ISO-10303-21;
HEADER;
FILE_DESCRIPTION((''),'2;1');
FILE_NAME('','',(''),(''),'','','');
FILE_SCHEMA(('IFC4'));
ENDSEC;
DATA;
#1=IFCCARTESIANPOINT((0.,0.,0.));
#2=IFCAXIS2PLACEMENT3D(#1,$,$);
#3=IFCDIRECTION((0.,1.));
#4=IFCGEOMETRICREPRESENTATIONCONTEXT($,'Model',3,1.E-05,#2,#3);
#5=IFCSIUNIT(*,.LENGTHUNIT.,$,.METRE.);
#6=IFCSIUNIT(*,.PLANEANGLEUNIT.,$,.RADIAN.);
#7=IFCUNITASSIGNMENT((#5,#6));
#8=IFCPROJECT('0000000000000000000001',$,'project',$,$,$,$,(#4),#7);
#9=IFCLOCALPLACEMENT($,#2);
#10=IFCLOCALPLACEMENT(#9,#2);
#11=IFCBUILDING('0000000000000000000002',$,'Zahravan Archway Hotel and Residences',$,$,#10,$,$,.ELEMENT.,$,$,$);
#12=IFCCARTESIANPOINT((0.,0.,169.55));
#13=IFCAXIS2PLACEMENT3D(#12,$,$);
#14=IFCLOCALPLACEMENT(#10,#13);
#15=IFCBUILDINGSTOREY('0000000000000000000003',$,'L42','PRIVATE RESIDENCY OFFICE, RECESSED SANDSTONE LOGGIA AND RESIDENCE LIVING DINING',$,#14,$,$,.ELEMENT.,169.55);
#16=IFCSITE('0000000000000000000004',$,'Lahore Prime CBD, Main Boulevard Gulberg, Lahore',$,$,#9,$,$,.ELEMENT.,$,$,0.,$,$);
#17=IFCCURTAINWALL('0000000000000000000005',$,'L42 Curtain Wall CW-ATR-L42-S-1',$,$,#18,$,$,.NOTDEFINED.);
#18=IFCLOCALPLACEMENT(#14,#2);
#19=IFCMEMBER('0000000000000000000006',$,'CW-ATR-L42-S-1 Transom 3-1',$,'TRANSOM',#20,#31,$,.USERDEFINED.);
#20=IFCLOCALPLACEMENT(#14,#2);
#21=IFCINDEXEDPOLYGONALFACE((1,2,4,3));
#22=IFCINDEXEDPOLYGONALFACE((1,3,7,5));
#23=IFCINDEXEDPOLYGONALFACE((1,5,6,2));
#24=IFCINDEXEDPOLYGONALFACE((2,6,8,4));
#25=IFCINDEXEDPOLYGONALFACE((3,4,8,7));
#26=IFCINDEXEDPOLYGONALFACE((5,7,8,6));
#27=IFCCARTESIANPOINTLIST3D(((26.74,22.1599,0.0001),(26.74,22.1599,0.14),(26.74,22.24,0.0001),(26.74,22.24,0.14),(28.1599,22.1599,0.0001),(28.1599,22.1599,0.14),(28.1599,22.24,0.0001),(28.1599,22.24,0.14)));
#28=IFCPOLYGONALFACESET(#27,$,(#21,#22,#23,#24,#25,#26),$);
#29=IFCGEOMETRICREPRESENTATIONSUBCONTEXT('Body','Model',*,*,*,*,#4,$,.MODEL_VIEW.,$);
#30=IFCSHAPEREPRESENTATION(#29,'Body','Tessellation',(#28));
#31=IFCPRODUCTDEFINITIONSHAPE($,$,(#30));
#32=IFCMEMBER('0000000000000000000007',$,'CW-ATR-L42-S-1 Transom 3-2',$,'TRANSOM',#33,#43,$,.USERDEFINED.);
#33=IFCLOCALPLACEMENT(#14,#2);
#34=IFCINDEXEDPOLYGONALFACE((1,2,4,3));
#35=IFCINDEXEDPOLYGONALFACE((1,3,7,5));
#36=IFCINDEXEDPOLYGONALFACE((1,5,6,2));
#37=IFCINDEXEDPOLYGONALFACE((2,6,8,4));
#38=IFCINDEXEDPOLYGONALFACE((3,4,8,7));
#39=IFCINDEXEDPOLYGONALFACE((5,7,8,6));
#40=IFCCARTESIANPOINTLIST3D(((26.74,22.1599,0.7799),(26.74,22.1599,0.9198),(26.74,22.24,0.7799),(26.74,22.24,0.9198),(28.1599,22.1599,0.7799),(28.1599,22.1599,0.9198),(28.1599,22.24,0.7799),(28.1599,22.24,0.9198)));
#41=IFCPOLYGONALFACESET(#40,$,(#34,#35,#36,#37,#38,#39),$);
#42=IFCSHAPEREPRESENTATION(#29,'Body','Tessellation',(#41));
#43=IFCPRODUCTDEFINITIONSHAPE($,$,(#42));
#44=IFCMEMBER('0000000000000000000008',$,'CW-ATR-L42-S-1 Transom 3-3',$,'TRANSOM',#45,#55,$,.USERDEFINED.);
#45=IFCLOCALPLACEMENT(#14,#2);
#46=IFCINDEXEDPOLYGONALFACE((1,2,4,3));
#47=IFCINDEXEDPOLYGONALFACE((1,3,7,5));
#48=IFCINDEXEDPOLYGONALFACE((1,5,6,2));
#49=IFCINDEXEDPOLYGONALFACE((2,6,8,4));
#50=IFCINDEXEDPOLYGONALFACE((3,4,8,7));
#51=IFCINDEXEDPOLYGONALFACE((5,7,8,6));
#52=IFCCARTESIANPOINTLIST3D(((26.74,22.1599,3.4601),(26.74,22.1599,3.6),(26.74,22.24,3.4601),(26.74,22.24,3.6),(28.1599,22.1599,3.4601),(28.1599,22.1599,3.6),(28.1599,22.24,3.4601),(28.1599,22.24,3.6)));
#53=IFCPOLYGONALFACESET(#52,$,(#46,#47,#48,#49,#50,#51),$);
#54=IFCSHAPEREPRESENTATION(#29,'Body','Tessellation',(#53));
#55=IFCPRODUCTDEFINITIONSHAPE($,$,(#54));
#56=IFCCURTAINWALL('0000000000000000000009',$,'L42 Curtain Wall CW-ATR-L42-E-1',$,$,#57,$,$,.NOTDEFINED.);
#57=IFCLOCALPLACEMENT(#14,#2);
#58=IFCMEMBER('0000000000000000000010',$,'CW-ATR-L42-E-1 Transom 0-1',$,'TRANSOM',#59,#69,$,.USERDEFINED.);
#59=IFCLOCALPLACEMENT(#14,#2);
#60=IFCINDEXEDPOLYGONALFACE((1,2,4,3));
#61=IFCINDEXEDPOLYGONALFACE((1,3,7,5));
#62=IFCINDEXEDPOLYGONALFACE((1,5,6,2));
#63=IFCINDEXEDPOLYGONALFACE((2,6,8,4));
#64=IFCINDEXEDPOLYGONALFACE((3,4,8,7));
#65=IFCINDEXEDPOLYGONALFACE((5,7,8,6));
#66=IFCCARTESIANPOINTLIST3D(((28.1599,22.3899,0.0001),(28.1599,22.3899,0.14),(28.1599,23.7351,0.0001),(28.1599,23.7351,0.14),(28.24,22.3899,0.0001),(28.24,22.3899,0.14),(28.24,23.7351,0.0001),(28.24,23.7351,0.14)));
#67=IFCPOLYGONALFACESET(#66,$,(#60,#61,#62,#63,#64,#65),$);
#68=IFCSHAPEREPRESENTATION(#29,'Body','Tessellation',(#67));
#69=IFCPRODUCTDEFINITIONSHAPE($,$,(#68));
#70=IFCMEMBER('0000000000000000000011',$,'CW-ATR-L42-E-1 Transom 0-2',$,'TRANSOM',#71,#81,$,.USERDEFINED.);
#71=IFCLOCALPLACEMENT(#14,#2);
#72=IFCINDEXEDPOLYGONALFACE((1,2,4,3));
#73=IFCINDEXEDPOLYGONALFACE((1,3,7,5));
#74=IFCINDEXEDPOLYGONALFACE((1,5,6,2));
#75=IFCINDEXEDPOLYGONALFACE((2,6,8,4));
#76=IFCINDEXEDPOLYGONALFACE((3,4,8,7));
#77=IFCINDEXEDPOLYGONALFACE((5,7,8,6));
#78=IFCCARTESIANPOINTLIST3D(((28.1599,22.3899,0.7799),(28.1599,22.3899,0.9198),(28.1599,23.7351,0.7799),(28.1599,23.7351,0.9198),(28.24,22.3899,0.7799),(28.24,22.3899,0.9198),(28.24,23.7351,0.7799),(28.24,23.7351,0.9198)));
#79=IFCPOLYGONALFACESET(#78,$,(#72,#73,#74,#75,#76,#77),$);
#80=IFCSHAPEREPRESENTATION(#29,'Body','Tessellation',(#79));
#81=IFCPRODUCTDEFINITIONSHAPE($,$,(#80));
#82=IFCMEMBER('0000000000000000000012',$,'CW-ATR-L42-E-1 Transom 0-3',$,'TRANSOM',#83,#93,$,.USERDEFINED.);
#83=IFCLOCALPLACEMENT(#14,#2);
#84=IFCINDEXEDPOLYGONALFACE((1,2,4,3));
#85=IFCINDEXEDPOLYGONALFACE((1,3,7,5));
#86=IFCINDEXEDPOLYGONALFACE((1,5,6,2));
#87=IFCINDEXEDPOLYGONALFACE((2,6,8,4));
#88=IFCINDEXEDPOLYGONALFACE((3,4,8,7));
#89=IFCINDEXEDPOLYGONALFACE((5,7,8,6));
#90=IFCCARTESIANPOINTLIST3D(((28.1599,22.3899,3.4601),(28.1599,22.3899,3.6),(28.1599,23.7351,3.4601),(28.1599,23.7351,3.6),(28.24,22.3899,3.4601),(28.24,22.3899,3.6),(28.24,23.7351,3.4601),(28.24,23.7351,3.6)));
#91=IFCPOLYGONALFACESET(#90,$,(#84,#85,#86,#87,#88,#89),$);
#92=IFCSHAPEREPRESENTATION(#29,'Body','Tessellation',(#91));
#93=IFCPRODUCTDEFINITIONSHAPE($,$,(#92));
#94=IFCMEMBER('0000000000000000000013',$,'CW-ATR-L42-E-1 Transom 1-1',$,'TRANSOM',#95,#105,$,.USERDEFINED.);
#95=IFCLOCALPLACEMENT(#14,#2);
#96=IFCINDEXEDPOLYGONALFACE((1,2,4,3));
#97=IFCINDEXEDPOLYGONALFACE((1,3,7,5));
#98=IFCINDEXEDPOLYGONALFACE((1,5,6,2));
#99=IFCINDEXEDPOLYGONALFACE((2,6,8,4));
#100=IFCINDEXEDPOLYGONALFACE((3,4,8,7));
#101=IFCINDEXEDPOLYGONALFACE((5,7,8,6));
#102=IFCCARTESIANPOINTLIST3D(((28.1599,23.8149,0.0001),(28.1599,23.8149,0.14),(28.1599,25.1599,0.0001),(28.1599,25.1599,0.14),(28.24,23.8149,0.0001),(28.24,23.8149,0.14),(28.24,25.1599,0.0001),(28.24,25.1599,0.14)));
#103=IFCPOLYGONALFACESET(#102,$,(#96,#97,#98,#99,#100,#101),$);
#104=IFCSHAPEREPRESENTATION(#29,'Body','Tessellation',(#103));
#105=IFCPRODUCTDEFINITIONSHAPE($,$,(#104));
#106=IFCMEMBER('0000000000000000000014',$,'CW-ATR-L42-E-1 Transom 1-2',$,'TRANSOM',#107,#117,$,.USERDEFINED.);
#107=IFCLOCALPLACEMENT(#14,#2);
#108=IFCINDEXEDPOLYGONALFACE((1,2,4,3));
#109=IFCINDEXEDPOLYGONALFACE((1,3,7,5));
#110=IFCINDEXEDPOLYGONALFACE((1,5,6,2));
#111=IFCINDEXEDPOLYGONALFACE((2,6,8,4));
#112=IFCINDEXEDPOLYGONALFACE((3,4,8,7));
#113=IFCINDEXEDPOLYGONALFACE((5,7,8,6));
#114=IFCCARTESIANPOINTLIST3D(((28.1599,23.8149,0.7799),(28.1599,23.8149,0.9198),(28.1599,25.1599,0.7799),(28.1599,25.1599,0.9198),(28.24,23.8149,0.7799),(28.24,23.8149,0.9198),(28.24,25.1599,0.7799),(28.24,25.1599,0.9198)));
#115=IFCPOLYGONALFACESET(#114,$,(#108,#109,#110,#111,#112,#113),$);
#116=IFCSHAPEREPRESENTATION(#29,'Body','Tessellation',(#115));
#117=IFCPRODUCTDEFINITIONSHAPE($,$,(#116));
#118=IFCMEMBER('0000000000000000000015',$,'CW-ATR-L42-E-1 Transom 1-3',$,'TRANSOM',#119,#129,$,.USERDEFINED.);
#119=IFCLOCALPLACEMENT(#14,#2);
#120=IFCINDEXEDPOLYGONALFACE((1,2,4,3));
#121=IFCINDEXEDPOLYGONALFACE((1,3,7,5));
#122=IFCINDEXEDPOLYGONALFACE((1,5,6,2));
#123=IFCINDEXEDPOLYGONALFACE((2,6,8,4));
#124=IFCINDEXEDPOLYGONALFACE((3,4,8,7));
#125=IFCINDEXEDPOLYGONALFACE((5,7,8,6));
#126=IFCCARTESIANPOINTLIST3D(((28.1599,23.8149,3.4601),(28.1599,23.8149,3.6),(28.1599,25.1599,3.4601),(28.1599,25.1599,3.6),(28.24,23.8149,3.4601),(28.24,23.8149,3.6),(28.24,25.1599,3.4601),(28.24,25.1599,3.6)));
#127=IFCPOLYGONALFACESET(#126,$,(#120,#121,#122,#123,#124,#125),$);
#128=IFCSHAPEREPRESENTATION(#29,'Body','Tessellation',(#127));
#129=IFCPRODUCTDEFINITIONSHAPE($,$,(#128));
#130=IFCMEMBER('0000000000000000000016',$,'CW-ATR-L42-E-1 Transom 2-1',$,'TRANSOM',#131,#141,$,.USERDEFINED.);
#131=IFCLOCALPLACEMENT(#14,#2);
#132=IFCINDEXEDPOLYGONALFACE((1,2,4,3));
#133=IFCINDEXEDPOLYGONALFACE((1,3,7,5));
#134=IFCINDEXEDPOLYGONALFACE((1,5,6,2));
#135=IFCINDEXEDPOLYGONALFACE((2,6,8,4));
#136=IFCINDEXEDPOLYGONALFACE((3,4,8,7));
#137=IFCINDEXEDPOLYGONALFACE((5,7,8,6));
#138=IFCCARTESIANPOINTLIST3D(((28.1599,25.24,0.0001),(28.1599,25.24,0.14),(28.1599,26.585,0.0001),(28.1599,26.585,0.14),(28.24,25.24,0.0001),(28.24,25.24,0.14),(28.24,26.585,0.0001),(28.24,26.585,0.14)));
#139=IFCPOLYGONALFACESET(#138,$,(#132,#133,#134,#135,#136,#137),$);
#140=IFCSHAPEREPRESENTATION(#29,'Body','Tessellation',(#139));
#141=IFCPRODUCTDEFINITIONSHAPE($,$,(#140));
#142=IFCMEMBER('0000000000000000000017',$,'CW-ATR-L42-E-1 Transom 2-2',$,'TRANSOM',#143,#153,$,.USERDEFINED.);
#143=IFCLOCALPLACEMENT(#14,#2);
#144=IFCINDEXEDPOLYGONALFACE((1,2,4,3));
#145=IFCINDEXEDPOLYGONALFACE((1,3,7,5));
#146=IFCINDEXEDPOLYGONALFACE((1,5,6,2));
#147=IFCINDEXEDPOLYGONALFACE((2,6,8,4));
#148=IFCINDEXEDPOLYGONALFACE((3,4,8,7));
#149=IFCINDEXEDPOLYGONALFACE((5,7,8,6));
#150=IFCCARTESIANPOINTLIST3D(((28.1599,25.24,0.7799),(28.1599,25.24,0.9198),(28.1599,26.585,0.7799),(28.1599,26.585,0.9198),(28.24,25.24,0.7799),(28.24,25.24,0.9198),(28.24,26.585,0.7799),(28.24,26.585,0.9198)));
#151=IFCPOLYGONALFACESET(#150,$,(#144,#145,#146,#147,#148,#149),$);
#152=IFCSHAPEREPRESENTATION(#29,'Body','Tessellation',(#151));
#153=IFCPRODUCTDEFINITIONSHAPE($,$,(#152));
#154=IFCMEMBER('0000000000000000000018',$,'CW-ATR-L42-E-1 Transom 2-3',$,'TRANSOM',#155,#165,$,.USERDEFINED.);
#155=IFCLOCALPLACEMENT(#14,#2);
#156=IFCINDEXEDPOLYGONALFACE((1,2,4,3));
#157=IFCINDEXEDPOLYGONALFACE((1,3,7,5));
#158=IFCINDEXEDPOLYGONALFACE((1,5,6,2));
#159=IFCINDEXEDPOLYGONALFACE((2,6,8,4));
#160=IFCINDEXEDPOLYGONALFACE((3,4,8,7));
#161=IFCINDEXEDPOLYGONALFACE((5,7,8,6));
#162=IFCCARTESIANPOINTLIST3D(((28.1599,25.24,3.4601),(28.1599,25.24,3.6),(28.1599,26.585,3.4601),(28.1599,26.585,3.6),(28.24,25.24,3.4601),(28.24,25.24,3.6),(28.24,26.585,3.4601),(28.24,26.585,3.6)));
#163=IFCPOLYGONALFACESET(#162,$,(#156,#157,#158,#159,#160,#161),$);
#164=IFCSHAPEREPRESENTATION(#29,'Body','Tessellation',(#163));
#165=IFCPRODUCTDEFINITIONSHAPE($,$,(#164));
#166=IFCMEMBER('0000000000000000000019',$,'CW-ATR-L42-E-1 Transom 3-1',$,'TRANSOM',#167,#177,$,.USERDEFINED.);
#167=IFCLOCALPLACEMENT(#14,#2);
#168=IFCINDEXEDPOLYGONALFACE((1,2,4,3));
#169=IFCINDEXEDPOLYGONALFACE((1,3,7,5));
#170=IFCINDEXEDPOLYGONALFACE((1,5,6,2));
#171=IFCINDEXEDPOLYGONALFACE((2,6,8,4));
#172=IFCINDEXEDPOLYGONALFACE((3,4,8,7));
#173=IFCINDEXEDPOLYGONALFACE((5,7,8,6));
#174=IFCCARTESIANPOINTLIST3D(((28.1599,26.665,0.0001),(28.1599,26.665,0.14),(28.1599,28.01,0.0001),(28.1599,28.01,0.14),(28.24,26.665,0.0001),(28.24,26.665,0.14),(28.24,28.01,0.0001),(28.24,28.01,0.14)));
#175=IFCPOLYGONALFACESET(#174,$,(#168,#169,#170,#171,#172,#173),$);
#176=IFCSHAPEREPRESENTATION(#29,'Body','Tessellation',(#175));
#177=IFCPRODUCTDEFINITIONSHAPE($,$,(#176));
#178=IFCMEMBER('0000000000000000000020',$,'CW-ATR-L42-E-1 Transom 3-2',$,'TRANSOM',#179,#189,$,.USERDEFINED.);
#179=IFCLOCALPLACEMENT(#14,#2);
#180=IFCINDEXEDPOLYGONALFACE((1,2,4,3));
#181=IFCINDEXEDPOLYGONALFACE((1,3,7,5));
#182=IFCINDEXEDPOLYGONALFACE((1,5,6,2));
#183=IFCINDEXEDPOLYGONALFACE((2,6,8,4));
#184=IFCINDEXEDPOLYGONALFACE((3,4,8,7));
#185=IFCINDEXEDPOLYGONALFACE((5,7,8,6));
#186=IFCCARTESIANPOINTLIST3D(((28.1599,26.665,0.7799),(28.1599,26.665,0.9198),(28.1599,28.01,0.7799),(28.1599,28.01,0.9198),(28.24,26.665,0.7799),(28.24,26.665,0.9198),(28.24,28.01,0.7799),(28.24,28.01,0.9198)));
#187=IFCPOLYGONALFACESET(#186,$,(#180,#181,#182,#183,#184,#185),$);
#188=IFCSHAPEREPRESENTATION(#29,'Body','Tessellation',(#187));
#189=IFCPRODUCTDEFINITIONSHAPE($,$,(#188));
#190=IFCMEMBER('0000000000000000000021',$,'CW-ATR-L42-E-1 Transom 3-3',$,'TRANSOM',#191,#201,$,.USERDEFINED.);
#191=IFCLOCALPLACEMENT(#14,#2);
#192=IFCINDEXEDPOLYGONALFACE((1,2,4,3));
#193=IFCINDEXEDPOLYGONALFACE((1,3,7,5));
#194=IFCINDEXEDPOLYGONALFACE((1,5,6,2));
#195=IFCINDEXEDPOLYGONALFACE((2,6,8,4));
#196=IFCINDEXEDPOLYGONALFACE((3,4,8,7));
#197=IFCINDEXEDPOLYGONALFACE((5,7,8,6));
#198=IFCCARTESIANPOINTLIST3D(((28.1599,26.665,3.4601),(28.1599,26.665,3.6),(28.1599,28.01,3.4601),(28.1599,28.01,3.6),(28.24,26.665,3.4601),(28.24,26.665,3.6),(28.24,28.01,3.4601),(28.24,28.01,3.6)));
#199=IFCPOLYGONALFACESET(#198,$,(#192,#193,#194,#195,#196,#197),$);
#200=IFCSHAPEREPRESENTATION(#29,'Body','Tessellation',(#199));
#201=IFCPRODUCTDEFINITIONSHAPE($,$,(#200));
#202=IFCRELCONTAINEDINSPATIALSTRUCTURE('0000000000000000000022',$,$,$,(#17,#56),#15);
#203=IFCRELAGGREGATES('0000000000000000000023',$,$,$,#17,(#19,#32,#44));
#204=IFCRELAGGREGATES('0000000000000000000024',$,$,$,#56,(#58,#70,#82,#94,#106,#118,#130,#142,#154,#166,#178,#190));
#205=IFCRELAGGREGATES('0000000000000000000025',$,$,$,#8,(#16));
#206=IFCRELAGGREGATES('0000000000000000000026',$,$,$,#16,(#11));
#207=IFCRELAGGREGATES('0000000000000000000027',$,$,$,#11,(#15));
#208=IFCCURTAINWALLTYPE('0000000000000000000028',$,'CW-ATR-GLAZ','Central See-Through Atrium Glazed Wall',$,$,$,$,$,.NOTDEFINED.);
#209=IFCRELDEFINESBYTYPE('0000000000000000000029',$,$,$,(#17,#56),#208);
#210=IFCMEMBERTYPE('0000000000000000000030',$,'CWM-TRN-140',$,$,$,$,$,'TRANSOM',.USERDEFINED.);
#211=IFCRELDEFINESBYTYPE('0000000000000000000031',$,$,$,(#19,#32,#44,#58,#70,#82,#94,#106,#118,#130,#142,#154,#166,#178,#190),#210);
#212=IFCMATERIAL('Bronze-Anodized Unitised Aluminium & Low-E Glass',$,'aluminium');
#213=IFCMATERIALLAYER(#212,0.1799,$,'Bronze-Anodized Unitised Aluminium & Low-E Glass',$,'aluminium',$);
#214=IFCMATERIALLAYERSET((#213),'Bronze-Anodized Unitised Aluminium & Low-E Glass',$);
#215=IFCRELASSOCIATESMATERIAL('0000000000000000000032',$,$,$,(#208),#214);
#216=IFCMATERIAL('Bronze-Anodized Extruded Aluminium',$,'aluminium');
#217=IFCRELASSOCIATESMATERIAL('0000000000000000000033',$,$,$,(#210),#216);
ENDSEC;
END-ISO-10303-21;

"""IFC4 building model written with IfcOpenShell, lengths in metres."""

from ifc_helpers import new_model, si_unit, direction, frame, origin, origin_2d, place, context, subcontext, project, spatial, rectangle, extrude, source, transform, mapped, material, layer, layer_set, material_profile, profile_set, type_object, element, aggregate, save


model = new_model("IFC4")

# Units and contexts
model_context = context("Model", 3, precision=1e-05, world=origin(), true_north=direction((0.0, 1.0)))
body_context = subcontext(model_context, "Body", "Model", "MODEL_VIEW")
ifc_project = project(units=[si_unit("LENGTHUNIT", "METRE"), si_unit("PLANEANGLEUNIT", "RADIAN")], contexts=[model_context])

# Site, building, storey
site_placement = place(None, origin())
site = spatial("IfcSite", under=ifc_project, at=site_placement, Name="Lahore Prime CBD, Main Boulevard Gulberg, Lahore", CompositionType="ELEMENT", RefElevation=0.0)
building_placement = place(site_placement, origin())
building = spatial("IfcBuilding", under=site, at=building_placement, Name="Zahravan Archway Hotel and Residences", CompositionType="ELEMENT")
storey_placement = place(building_placement, frame((0.0, 0.0, 169.55)))
storey = spatial("IfcBuildingStorey", under=building, at=storey_placement, Name="L42", Description="PRIVATE RESIDENCY OFFICE, RECESSED SANDSTONE LOGGIA AND RESIDENCE LIVING DINING", CompositionType="ELEMENT", Elevation=169.55)

# Curtain walls, members
ifc_material_1 = material(Name="Bronze-Anodized Unitised Aluminium & Low-E Glass", Category="aluminium")
ifc_layer_1 = layer(ifc_material_1, 0.1799, Name="Bronze-Anodized Unitised Aluminium & Low-E Glass", Category="aluminium")
ifc_layer_set_1 = layer_set([ifc_layer_1], Name="Bronze-Anodized Unitised Aluminium & Low-E Glass")
curtain_wall_type = type_object("IfcCurtainWallType", Name="CW-ATR-GLAZ", Description="Central See-Through Atrium Glazed Wall", PredefinedType="NOTDEFINED", material=ifc_layer_set_1)
curtain_wall_1_placement = place(storey_placement, origin())
curtain_wall_1 = element("IfcCurtainWall", 1, at=curtain_wall_1_placement, inside=storey, type_object=curtain_wall_type, Name="L42 Curtain Wall CW-ATR-L42-S-1", PredefinedType="NOTDEFINED")
ifc_material_2 = material(Name="Bronze-Anodized Extruded Aluminium", Category="aluminium")
ifc_material_profile_1 = material_profile(ifc_material_2, rectangle(XDim=0.0801, YDim=0.1399, at=origin_2d()), Name="TRN 80x140", Category="aluminium")
ifc_profile_set_1 = profile_set([ifc_material_profile_1], Name="Bronze-Anodized Extruded Aluminium")
member_type_1 = type_object("IfcMemberType", Name="CWM-TRN-140", ElementType="TRANSOM", PredefinedType="USERDEFINED", material=ifc_profile_set_1)
shared_shape_1 = source(origin(), body_context, "Body", "SweptSolid", [
    extrude(rectangle(XDim=0.0801, YDim=0.1399, at=origin_2d()), origin(), (0.0, 0.0, 1.0), 1.4199),
])
member_1_placement = place(storey_placement, frame((26.74, 22.2, 0.0701), z_axis=(1.0, 0.0, 0.0), x_axis=(0.0, 1.0, 0.0)))
member_1 = element("IfcMember", 2, at=member_1_placement, type_object=member_type_1, Name="CW-ATR-L42-S-1 Transom 3-1", ObjectType="TRANSOM", PredefinedType="USERDEFINED", context=body_context, shape_type="MappedRepresentation", body=[
    mapped(shared_shape_1, transform((0.0, 0.0, 0.0), scale=1.0)),
])
member_2_placement = place(storey_placement, frame((26.74, 22.2, 0.8499), z_axis=(1.0, 0.0, 0.0), x_axis=(0.0, 1.0, 0.0)))
member_2 = element("IfcMember", 3, at=member_2_placement, type_object=member_type_1, Name="CW-ATR-L42-S-1 Transom 3-2", ObjectType="TRANSOM", PredefinedType="USERDEFINED", context=body_context, shape_type="MappedRepresentation", body=[
    mapped(shared_shape_1, transform((0.0, 0.0, 0.0), scale=1.0)),
])
member_3_placement = place(storey_placement, frame((26.74, 22.2, 3.53), z_axis=(1.0, 0.0, 0.0), x_axis=(0.0, 1.0, 0.0)))
member_3 = element("IfcMember", 4, at=member_3_placement, type_object=member_type_1, Name="CW-ATR-L42-S-1 Transom 3-3", ObjectType="TRANSOM", PredefinedType="USERDEFINED", context=body_context, shape_type="MappedRepresentation", body=[
    mapped(shared_shape_1, transform((0.0, 0.0, 0.0), scale=1.0)),
])
curtain_wall_2_placement = place(storey_placement, origin())
curtain_wall_2 = element("IfcCurtainWall", 5, at=curtain_wall_2_placement, inside=storey, type_object=curtain_wall_type, Name="L42 Curtain Wall CW-ATR-L42-E-1", PredefinedType="NOTDEFINED")
shared_shape_2 = source(origin(), body_context, "Body", "SweptSolid", [
    extrude(rectangle(XDim=0.0801, YDim=0.1399, at=origin_2d()), origin(), (0.0, 0.0, 1.0), 1.3452),
])
member_4_placement = place(storey_placement, frame((28.2, 22.3899, 0.0701), z_axis=(0.0, 1.0, 0.0), x_axis=(-1.0, 0.0, 0.0)))
member_4 = element("IfcMember", 6, at=member_4_placement, type_object=member_type_1, Name="CW-ATR-L42-E-1 Transom 0-1", ObjectType="TRANSOM", PredefinedType="USERDEFINED", context=body_context, shape_type="MappedRepresentation", body=[
    mapped(shared_shape_2, transform((0.0, 0.0, 0.0), scale=1.0)),
])
member_5_placement = place(storey_placement, frame((28.2, 22.3899, 0.8499), z_axis=(0.0, 1.0, 0.0), x_axis=(-1.0, 0.0, 0.0)))
member_5 = element("IfcMember", 7, at=member_5_placement, type_object=member_type_1, Name="CW-ATR-L42-E-1 Transom 0-2", ObjectType="TRANSOM", PredefinedType="USERDEFINED", context=body_context, shape_type="MappedRepresentation", body=[
    mapped(shared_shape_2, transform((0.0, 0.0, 0.0), scale=1.0)),
])
member_6_placement = place(storey_placement, frame((28.2, 22.3899, 3.53), z_axis=(0.0, 1.0, 0.0), x_axis=(-1.0, 0.0, 0.0)))
member_6 = element("IfcMember", 8, at=member_6_placement, type_object=member_type_1, Name="CW-ATR-L42-E-1 Transom 0-3", ObjectType="TRANSOM", PredefinedType="USERDEFINED", context=body_context, shape_type="MappedRepresentation", body=[
    mapped(shared_shape_2, transform((0.0, 0.0, 0.0), scale=1.0)),
])
shared_shape_3 = source(origin(), body_context, "Body", "SweptSolid", [
    extrude(rectangle(XDim=0.0801, YDim=0.1399, at=origin_2d()), origin(), (0.0, 0.0, 1.0), 1.345),
])
member_7_placement = place(storey_placement, frame((28.2, 23.8149, 0.0701), z_axis=(0.0, 1.0, 0.0), x_axis=(-1.0, 0.0, 0.0)))
member_7 = element("IfcMember", 9, at=member_7_placement, type_object=member_type_1, Name="CW-ATR-L42-E-1 Transom 1-1", ObjectType="TRANSOM", PredefinedType="USERDEFINED", context=body_context, shape_type="MappedRepresentation", body=[
    mapped(shared_shape_3, transform((0.0, 0.0, 0.0), scale=1.0)),
])
member_8_placement = place(storey_placement, frame((28.2, 23.8149, 0.8499), z_axis=(0.0, 1.0, 0.0), x_axis=(-1.0, 0.0, 0.0)))
member_8 = element("IfcMember", 10, at=member_8_placement, type_object=member_type_1, Name="CW-ATR-L42-E-1 Transom 1-2", ObjectType="TRANSOM", PredefinedType="USERDEFINED", context=body_context, shape_type="MappedRepresentation", body=[
    mapped(shared_shape_3, transform((0.0, 0.0, 0.0), scale=1.0)),
])
member_9_placement = place(storey_placement, frame((28.2, 23.8149, 3.53), z_axis=(0.0, 1.0, 0.0), x_axis=(-1.0, 0.0, 0.0)))
member_9 = element("IfcMember", 11, at=member_9_placement, type_object=member_type_1, Name="CW-ATR-L42-E-1 Transom 1-3", ObjectType="TRANSOM", PredefinedType="USERDEFINED", context=body_context, shape_type="MappedRepresentation", body=[
    mapped(shared_shape_3, transform((0.0, 0.0, 0.0), scale=1.0)),
])
member_10_placement = place(storey_placement, frame((28.2, 25.24, 0.0701), z_axis=(0.0, 1.0, 0.0), x_axis=(-1.0, 0.0, 0.0)))
member_10 = element("IfcMember", 12, at=member_10_placement, type_object=member_type_1, Name="CW-ATR-L42-E-1 Transom 2-1", ObjectType="TRANSOM", PredefinedType="USERDEFINED", context=body_context, shape_type="MappedRepresentation", body=[
    mapped(shared_shape_3, transform((0.0, 0.0, 0.0), scale=1.0)),
])
member_11_placement = place(storey_placement, frame((28.2, 25.24, 0.8499), z_axis=(0.0, 1.0, 0.0), x_axis=(-1.0, 0.0, 0.0)))
member_11 = element("IfcMember", 13, at=member_11_placement, type_object=member_type_1, Name="CW-ATR-L42-E-1 Transom 2-2", ObjectType="TRANSOM", PredefinedType="USERDEFINED", context=body_context, shape_type="MappedRepresentation", body=[
    mapped(shared_shape_3, transform((0.0, 0.0, 0.0), scale=1.0)),
])
member_12_placement = place(storey_placement, frame((28.2, 25.24, 3.53), z_axis=(0.0, 1.0, 0.0), x_axis=(-1.0, 0.0, 0.0)))
member_12 = element("IfcMember", 14, at=member_12_placement, type_object=member_type_1, Name="CW-ATR-L42-E-1 Transom 2-3", ObjectType="TRANSOM", PredefinedType="USERDEFINED", context=body_context, shape_type="MappedRepresentation", body=[
    mapped(shared_shape_3, transform((0.0, 0.0, 0.0), scale=1.0)),
])
member_13_placement = place(storey_placement, frame((28.2, 26.665, 0.0701), z_axis=(0.0, 1.0, 0.0), x_axis=(-1.0, 0.0, 0.0)))
member_13 = element("IfcMember", 15, at=member_13_placement, type_object=member_type_1, Name="CW-ATR-L42-E-1 Transom 3-1", ObjectType="TRANSOM", PredefinedType="USERDEFINED", context=body_context, shape_type="MappedRepresentation", body=[
    mapped(shared_shape_3, transform((0.0, 0.0, 0.0), scale=1.0)),
])
member_14_placement = place(storey_placement, frame((28.2, 26.665, 0.8499), z_axis=(0.0, 1.0, 0.0), x_axis=(-1.0, 0.0, 0.0)))
member_14 = element("IfcMember", 16, at=member_14_placement, type_object=member_type_1, Name="CW-ATR-L42-E-1 Transom 3-2", ObjectType="TRANSOM", PredefinedType="USERDEFINED", context=body_context, shape_type="MappedRepresentation", body=[
    mapped(shared_shape_3, transform((0.0, 0.0, 0.0), scale=1.0)),
])
member_15_placement = place(storey_placement, frame((28.2, 26.665, 3.53), z_axis=(0.0, 1.0, 0.0), x_axis=(-1.0, 0.0, 0.0)))
member_15 = element("IfcMember", 17, at=member_15_placement, type_object=member_type_1, Name="CW-ATR-L42-E-1 Transom 3-3", ObjectType="TRANSOM", PredefinedType="USERDEFINED", context=body_context, shape_type="MappedRepresentation", body=[
    mapped(shared_shape_3, transform((0.0, 0.0, 0.0), scale=1.0)),
])

aggregate(curtain_wall_1, [member_1, member_2, member_3])
aggregate(curtain_wall_2, [member_4, member_5, member_6, member_7, member_8, member_9, member_10, member_11, member_12, member_13, member_14, member_15])

save(model, "model.ifc")
